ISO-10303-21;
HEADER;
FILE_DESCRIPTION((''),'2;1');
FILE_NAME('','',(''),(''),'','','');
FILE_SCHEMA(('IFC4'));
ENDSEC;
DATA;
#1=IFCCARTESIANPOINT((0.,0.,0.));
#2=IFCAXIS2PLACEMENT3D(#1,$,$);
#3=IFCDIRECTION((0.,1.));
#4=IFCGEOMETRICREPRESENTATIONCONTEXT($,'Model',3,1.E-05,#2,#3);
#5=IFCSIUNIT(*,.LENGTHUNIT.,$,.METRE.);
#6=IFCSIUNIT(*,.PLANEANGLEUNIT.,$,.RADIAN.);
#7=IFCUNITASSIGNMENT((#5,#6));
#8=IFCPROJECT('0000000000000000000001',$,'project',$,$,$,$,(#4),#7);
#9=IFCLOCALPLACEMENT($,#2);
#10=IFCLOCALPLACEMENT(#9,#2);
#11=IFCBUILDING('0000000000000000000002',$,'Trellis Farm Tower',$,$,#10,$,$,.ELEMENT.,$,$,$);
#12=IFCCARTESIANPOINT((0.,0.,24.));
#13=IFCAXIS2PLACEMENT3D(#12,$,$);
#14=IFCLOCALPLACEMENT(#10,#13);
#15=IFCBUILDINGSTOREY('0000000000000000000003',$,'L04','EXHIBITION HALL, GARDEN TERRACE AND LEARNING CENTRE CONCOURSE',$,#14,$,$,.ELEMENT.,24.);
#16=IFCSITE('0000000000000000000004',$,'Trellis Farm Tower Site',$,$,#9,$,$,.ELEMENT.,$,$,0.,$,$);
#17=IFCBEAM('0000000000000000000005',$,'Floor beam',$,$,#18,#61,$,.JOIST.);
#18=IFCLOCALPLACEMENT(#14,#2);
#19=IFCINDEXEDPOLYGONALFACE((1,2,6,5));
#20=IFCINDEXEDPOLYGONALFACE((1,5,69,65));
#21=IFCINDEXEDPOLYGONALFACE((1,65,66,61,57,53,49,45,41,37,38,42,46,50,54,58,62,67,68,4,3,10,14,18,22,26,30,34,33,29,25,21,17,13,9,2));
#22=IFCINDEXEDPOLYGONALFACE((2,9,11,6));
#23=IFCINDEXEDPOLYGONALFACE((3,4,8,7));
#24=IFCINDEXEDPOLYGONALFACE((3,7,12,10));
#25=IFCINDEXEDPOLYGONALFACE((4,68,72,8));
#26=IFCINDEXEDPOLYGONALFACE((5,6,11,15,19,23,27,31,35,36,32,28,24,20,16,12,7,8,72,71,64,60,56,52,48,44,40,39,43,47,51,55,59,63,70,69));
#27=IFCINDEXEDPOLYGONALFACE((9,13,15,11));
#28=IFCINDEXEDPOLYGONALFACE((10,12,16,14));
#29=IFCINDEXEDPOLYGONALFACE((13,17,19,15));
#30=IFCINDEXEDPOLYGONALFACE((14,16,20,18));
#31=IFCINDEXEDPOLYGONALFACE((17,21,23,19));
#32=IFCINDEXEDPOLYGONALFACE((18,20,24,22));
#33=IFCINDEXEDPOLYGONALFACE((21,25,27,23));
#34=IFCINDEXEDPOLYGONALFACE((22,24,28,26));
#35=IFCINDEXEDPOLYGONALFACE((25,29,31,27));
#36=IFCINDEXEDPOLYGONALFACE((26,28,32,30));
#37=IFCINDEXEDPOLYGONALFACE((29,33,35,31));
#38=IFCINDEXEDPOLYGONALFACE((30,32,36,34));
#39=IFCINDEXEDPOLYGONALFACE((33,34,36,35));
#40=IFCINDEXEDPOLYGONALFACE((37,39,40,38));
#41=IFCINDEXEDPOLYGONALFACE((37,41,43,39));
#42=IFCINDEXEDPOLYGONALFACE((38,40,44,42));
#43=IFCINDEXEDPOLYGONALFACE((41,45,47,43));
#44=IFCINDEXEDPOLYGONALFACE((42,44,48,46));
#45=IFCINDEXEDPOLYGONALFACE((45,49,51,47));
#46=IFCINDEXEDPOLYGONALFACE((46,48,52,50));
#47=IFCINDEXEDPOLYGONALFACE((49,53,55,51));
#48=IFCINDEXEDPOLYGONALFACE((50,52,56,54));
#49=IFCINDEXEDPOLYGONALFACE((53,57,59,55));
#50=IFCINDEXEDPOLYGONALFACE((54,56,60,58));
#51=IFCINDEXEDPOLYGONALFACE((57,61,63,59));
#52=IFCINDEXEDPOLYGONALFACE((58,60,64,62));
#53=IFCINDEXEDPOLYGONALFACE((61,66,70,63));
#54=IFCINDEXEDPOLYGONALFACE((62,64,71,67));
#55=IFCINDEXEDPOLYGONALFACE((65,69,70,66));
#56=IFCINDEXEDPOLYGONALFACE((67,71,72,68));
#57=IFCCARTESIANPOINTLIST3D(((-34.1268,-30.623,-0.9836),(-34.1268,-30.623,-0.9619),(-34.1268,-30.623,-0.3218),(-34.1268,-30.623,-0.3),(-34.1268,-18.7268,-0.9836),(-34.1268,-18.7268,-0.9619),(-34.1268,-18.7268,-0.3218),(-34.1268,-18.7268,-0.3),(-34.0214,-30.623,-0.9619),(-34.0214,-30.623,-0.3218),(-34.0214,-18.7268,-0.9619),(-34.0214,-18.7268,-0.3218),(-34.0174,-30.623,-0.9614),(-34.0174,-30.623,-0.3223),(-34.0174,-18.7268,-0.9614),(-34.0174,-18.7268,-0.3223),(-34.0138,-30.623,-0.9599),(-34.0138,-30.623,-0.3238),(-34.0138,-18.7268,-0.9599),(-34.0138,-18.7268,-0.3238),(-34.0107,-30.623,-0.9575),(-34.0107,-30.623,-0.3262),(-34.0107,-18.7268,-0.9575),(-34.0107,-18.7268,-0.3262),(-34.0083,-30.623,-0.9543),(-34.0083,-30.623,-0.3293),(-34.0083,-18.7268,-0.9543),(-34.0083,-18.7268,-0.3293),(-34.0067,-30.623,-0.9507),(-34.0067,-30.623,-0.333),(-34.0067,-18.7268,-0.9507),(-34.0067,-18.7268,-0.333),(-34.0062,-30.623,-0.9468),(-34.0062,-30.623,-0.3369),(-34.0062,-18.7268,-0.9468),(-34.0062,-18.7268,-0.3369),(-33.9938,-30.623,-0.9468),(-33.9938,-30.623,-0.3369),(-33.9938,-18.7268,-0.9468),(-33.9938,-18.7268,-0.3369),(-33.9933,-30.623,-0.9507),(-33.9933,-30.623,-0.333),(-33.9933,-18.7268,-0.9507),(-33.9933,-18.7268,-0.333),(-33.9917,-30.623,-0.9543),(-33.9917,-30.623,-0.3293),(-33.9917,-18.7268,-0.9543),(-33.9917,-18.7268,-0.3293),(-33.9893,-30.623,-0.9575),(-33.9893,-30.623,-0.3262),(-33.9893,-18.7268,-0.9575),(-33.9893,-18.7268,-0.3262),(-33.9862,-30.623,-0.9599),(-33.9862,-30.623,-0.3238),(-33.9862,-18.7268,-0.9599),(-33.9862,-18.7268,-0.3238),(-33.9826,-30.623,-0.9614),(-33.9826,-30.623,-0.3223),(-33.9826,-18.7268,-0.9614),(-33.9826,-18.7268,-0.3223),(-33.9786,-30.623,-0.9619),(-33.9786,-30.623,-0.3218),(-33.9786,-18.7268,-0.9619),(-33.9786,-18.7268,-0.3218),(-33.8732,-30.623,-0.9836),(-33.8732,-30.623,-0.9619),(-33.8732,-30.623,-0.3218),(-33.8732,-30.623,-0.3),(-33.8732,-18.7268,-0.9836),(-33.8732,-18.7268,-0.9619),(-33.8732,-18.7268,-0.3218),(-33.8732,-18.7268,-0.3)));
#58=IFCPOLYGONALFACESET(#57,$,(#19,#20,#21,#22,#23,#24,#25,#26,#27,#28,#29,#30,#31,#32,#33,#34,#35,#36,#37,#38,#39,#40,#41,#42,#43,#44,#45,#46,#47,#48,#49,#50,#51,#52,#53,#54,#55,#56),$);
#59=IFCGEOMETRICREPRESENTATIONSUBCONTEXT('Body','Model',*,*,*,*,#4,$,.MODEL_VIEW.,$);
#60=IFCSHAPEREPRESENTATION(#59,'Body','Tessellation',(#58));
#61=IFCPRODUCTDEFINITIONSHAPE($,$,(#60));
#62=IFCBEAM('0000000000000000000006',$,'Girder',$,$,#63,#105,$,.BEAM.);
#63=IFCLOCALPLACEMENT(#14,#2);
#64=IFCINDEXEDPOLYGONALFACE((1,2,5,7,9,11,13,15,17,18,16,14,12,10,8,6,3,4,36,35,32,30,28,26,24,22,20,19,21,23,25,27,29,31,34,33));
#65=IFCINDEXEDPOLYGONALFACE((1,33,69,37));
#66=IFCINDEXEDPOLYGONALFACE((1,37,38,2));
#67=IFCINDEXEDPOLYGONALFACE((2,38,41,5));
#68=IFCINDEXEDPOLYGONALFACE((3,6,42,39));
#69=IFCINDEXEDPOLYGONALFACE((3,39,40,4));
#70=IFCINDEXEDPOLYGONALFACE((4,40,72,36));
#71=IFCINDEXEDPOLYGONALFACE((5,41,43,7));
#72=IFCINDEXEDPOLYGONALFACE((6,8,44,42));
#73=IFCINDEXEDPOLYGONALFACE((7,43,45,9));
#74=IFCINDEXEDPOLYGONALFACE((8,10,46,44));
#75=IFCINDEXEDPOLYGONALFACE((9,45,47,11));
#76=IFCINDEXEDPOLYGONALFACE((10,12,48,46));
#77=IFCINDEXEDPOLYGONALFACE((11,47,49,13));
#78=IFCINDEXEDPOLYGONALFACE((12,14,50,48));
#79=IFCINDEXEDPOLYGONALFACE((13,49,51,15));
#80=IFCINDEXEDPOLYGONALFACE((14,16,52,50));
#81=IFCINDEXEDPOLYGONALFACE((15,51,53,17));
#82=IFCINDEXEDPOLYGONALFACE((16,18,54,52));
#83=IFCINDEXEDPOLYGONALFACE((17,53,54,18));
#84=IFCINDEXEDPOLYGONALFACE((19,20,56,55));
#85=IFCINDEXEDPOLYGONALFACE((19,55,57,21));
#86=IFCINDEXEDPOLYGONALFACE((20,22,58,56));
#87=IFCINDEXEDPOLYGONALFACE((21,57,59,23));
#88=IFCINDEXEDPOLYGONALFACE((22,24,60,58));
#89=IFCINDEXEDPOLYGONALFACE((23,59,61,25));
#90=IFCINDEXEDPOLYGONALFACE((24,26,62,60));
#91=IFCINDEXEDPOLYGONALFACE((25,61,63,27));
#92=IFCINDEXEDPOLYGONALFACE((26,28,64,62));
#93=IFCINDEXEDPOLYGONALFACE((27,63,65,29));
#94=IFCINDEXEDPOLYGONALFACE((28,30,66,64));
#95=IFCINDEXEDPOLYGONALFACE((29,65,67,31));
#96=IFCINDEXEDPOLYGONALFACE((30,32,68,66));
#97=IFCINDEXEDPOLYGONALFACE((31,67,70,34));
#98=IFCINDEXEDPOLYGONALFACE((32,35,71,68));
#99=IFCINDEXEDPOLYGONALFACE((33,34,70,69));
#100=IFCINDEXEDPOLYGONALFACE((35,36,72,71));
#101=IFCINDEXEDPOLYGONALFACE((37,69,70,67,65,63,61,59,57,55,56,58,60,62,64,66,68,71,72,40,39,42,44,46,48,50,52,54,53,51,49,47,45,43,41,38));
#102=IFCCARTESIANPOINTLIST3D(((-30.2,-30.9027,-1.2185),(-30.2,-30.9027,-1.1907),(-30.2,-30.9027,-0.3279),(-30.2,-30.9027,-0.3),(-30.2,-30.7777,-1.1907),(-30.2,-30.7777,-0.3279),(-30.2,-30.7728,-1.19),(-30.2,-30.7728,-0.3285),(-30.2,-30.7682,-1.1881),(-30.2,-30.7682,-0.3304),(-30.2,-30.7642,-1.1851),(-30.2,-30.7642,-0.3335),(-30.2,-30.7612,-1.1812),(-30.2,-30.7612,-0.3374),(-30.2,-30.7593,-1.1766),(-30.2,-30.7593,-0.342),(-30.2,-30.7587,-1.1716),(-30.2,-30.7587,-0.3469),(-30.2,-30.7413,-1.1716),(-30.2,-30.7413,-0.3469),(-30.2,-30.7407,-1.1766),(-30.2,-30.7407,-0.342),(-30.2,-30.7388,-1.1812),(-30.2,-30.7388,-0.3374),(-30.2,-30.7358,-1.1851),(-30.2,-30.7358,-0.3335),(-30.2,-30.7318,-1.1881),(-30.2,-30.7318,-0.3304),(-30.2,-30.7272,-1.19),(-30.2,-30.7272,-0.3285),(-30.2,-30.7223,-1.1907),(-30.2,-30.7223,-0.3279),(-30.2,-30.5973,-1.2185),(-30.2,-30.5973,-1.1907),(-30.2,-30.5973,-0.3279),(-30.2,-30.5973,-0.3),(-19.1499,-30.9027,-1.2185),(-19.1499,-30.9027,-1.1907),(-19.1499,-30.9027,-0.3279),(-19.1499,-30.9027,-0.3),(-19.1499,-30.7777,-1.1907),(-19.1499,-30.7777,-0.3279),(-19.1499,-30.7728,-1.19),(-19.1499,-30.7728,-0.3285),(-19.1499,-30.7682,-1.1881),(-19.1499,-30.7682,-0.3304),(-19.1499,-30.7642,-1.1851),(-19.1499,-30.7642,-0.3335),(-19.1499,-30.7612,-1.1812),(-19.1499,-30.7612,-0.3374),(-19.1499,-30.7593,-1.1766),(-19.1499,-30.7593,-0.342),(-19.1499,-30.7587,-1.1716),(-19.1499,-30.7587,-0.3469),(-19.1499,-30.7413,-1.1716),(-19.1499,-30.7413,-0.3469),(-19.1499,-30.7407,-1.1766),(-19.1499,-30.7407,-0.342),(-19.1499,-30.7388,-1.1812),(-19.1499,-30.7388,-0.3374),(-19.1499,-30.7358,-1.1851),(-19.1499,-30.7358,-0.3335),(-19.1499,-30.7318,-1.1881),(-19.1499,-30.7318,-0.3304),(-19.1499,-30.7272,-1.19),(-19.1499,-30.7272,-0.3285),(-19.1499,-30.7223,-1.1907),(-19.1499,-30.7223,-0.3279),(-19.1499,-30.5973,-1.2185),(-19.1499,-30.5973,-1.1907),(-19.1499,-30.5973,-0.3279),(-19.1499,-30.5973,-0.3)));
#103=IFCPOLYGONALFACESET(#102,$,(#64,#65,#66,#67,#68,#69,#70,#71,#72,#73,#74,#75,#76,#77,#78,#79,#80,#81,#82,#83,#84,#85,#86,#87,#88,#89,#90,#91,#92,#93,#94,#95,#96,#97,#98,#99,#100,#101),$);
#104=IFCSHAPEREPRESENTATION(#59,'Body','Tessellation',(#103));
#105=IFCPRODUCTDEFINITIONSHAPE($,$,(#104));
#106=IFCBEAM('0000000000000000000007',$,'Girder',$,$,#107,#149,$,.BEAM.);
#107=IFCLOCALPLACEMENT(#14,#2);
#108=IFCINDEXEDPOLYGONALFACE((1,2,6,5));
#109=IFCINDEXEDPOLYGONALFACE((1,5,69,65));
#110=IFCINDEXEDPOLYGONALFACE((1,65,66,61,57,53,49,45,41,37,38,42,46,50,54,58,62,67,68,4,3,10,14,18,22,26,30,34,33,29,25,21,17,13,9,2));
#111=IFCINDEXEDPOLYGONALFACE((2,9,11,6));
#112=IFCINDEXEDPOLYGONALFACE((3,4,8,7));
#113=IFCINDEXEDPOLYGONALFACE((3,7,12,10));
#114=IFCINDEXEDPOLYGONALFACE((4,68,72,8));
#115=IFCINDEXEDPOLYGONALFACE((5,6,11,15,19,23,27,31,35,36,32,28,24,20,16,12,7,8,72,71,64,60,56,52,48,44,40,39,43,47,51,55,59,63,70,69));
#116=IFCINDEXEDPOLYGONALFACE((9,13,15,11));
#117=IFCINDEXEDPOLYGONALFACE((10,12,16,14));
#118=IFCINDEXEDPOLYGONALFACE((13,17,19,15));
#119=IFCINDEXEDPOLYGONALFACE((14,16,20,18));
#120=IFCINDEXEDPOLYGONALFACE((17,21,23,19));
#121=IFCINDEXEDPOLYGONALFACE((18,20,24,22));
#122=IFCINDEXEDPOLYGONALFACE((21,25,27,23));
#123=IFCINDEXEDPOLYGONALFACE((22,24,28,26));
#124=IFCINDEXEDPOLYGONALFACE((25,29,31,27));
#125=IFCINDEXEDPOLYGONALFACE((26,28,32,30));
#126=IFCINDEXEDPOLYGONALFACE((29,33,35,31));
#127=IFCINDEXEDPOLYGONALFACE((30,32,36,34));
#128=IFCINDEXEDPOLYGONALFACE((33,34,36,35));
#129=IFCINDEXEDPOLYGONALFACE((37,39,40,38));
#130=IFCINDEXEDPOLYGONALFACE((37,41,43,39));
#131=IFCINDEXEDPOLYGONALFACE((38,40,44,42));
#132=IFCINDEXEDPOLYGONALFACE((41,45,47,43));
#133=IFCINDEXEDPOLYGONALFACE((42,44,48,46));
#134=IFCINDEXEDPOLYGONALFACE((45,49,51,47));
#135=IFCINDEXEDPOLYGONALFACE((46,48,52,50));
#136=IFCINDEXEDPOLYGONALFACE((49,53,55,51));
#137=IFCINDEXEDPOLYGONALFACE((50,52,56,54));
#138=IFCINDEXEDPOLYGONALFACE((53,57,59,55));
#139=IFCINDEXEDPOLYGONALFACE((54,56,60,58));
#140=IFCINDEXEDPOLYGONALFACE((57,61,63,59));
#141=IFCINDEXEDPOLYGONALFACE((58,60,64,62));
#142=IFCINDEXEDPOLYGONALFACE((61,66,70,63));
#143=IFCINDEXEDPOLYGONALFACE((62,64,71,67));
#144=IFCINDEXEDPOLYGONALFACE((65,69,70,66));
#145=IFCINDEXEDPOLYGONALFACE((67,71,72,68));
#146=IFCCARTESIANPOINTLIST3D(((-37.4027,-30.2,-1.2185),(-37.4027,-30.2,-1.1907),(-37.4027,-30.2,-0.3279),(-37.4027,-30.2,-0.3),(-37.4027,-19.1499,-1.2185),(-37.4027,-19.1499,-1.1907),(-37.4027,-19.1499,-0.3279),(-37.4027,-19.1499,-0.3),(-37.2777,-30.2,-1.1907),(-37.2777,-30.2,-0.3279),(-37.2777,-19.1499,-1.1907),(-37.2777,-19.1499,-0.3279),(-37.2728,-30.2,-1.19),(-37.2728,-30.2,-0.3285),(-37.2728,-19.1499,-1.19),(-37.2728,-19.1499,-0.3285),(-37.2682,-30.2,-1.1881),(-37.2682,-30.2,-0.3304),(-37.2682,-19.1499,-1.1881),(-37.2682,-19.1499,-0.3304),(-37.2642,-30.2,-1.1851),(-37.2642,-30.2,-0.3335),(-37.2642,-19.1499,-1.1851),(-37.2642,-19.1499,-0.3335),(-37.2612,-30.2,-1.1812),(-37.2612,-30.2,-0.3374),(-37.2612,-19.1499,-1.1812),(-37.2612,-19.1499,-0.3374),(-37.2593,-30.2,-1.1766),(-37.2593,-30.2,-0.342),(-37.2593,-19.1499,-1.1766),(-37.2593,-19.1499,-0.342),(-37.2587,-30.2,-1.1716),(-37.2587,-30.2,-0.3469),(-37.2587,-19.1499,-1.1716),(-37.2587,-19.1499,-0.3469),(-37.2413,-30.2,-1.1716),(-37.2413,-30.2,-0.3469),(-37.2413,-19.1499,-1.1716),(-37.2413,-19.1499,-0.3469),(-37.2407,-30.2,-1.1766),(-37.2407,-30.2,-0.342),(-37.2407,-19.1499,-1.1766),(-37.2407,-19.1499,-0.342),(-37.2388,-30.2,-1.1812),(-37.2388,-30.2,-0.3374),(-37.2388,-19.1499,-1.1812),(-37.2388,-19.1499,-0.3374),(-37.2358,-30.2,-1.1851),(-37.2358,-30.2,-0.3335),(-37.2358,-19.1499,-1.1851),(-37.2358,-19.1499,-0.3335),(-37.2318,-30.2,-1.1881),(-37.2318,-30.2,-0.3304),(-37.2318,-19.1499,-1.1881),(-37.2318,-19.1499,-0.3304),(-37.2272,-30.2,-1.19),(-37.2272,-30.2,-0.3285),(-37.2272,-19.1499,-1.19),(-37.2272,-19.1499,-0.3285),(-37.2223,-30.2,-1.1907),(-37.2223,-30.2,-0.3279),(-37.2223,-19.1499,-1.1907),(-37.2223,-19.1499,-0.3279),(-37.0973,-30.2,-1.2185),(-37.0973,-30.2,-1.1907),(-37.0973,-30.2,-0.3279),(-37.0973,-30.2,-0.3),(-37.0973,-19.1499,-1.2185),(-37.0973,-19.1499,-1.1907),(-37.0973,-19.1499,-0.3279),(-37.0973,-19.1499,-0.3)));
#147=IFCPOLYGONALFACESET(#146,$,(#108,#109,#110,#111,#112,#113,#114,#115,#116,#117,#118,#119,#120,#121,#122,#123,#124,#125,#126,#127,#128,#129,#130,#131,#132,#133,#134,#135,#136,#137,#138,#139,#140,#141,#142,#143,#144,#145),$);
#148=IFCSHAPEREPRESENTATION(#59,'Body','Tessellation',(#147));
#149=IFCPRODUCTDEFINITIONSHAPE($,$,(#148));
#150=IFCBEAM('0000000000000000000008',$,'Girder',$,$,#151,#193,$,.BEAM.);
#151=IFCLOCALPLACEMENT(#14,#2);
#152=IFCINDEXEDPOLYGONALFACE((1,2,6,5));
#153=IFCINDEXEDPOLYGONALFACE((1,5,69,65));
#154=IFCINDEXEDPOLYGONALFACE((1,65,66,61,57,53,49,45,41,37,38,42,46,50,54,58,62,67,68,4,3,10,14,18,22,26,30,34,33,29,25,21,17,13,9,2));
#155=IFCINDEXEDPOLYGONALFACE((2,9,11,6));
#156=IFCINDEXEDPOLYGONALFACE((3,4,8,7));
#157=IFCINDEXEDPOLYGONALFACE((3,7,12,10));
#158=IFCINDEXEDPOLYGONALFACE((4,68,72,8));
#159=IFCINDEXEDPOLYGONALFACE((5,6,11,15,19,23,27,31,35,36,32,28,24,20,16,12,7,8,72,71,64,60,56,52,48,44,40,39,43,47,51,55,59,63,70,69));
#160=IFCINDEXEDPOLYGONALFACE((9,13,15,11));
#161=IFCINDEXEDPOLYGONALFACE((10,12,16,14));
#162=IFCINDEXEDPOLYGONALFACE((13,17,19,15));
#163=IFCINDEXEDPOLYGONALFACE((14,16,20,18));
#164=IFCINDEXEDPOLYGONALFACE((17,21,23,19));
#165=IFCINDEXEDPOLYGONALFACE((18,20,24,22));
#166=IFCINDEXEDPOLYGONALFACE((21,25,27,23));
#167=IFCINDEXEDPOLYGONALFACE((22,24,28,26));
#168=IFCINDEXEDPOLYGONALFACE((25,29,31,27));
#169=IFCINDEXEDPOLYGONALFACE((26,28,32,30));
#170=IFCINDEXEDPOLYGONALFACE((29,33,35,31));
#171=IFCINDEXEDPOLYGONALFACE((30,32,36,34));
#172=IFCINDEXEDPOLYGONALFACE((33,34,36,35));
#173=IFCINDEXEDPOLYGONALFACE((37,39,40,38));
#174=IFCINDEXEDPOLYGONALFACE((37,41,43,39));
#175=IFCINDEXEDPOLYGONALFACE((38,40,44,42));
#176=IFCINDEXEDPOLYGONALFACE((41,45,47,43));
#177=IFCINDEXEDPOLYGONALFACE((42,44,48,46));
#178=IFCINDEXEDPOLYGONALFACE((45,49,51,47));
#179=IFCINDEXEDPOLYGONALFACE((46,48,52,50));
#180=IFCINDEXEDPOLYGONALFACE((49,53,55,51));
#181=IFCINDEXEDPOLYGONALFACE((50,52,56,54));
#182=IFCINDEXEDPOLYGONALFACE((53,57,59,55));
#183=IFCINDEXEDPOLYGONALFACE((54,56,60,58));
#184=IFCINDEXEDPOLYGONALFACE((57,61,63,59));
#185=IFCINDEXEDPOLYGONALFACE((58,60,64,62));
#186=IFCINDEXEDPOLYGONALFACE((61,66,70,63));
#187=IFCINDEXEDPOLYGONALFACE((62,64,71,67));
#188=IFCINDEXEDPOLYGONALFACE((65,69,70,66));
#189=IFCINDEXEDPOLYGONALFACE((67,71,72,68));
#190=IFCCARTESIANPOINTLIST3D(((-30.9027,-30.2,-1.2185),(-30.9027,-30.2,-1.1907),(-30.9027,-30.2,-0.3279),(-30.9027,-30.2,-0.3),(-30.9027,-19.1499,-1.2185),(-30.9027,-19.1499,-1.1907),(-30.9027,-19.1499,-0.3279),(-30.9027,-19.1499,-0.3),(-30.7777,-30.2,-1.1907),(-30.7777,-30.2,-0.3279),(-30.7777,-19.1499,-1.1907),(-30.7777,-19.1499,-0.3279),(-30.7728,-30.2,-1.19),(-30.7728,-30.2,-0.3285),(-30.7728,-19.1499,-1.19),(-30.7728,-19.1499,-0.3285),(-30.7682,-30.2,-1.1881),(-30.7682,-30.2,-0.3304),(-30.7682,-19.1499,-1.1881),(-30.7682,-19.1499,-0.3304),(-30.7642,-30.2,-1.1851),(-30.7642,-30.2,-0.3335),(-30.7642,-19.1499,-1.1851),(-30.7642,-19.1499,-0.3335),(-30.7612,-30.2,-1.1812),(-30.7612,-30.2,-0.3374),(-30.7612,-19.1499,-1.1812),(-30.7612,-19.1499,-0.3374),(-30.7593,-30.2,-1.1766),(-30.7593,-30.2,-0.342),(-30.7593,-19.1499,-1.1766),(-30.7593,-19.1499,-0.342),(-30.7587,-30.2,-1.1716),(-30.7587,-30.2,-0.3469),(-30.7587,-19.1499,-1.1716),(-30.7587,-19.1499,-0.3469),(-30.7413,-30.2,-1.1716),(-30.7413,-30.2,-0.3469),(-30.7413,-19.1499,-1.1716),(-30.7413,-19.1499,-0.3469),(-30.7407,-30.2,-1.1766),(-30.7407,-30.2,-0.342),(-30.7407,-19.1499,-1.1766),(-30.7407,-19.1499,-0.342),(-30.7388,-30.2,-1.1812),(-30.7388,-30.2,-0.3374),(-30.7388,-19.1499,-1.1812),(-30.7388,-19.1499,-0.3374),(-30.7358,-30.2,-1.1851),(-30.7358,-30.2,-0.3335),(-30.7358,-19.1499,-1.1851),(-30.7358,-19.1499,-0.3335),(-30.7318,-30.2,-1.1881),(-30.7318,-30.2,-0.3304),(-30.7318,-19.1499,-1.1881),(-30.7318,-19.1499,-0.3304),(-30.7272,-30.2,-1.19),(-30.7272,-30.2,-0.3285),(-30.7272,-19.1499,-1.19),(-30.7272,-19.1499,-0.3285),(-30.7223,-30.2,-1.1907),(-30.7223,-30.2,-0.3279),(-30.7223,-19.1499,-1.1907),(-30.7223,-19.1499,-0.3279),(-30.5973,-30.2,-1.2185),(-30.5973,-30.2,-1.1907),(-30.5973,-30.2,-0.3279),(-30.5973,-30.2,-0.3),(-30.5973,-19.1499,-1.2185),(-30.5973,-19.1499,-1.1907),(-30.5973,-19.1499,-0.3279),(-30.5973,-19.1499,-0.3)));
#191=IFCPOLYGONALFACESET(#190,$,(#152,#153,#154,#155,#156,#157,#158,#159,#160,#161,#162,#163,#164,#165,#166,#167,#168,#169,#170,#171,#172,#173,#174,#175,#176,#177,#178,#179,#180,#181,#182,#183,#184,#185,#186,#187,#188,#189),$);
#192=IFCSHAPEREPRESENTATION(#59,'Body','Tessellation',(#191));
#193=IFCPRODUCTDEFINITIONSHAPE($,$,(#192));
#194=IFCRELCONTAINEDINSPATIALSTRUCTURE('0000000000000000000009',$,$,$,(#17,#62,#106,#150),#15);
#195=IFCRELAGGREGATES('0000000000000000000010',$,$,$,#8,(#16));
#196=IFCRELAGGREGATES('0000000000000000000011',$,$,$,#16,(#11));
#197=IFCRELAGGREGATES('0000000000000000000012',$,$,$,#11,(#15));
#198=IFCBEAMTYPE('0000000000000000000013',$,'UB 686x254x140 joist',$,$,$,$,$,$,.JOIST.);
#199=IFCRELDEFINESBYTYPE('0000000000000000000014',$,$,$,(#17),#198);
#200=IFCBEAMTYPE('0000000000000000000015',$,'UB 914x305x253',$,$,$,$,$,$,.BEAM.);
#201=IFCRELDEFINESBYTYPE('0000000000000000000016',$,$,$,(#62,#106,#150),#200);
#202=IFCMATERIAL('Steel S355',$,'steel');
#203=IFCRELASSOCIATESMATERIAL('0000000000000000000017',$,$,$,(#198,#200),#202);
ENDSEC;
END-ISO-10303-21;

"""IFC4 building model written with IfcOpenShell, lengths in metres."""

from ifc_helpers import new_model, si_unit, direction, frame, origin, origin_2d, place, context, subcontext, project, spatial, i_section, extrude, source, transform, mapped, material, material_profile, profile_set, type_object, element, save


model = new_model("IFC4")

# Units and contexts
model_context = context("Model", 3, precision=1e-05, world=origin(), true_north=direction((0.0, 1.0)))
body_context = subcontext(model_context, "Body", "Model", "MODEL_VIEW")
ifc_project = project(units=[si_unit("LENGTHUNIT", "METRE"), si_unit("PLANEANGLEUNIT", "RADIAN")], contexts=[model_context])

# Site, building, storey
site_placement = place(None, origin())
site = spatial("IfcSite", under=ifc_project, at=site_placement, Name="Trellis Farm Tower Site", CompositionType="ELEMENT", RefElevation=0.0)
building_placement = place(site_placement, origin())
building = spatial("IfcBuilding", under=site, at=building_placement, Name="Trellis Farm Tower", CompositionType="ELEMENT")
storey_placement = place(building_placement, frame((0.0, 0.0, 24.0)))
storey = spatial("IfcBuildingStorey", under=building, at=storey_placement, Name="L04", Description="EXHIBITION HALL, GARDEN TERRACE AND LEARNING CENTRE CONCOURSE", CompositionType="ELEMENT", Elevation=24.0)

# Beams
ifc_material_1 = material(Name="Steel S355", Category="steel")
ifc_material_profile_1 = material_profile(ifc_material_1, i_section(OverallWidth=0.2537, OverallDepth=0.6836, WebThickness=0.0125, FlangeThickness=0.0217, FilletRadius=0.0151, at=origin_2d()), Name="UB 686x254x140")
ifc_profile_set_1 = profile_set([ifc_material_profile_1], Name="Steel S355")
beam_type_1 = type_object("IfcBeamType", Name="UB 686x254x140 joist", PredefinedType="JOIST", material=ifc_profile_set_1)
shared_shape_1 = source(origin(), body_context, "Body", "SweptSolid", [
    extrude(i_section(OverallWidth=0.2537, OverallDepth=0.6836, WebThickness=0.0125, FlangeThickness=0.0217, FilletRadius=0.0151, at=origin_2d()), origin(), (0.0, 0.0, 1.0), 11.8962),
])
beam_placement = place(storey_placement, frame((-34.0, -30.623, -0.6418), z_axis=(0.0, 1.0, 0.0), x_axis=(-1.0, 0.0, 0.0)))
element("IfcBeam", 1, at=beam_placement, inside=storey, type_object=beam_type_1, Name="Floor beam", PredefinedType="JOIST", context=body_context, shape_type="MappedRepresentation", body=[
    mapped(shared_shape_1, transform((0.0, 0.0, 0.0))),
])
ifc_material_profile_2 = material_profile(ifc_material_1, i_section(OverallWidth=0.3054, OverallDepth=0.9185, WebThickness=0.0173, FlangeThickness=0.0278, FilletRadius=0.019, at=origin_2d()), Name="UB 914x305x253")
ifc_profile_set_2 = profile_set([ifc_material_profile_2], Name="Steel S355")
beam_type_2 = type_object("IfcBeamType", Name="UB 914x305x253", PredefinedType="BEAM", material=ifc_profile_set_2)
shared_shape_2 = source(origin(), body_context, "Body", "SweptSolid", [
    extrude(i_section(OverallWidth=0.3054, OverallDepth=0.9185, WebThickness=0.0173, FlangeThickness=0.0278, FilletRadius=0.019, at=origin_2d()), origin(), (0.0, 0.0, 1.0), 11.05),
])
for number, where, z_axis, x_axis, name in (
    (2, (-30.2, -30.75, -0.7593), (1.0, 0.0, 0.0), (0.0, 1.0, 0.0), "Girder"),
    (3, (-37.25, -30.2, -0.7593), (0.0, 1.0, 0.0), (-1.0, 0.0, 0.0), "Girder"),
    (4, (-30.75, -30.2, -0.7593), (0.0, 1.0, 0.0), (-1.0, 0.0, 0.0), "Girder"),
):
    element("IfcBeam", number, at=place(storey_placement, frame(where, z_axis=z_axis, x_axis=x_axis)), inside=storey, type_object=beam_type_2, Name=name, PredefinedType="BEAM", context=body_context, shape_type="MappedRepresentation", body=[
        mapped(shared_shape_2, transform((0.0, 0.0, 0.0))),
    ])

save(model, "model.ifc")
